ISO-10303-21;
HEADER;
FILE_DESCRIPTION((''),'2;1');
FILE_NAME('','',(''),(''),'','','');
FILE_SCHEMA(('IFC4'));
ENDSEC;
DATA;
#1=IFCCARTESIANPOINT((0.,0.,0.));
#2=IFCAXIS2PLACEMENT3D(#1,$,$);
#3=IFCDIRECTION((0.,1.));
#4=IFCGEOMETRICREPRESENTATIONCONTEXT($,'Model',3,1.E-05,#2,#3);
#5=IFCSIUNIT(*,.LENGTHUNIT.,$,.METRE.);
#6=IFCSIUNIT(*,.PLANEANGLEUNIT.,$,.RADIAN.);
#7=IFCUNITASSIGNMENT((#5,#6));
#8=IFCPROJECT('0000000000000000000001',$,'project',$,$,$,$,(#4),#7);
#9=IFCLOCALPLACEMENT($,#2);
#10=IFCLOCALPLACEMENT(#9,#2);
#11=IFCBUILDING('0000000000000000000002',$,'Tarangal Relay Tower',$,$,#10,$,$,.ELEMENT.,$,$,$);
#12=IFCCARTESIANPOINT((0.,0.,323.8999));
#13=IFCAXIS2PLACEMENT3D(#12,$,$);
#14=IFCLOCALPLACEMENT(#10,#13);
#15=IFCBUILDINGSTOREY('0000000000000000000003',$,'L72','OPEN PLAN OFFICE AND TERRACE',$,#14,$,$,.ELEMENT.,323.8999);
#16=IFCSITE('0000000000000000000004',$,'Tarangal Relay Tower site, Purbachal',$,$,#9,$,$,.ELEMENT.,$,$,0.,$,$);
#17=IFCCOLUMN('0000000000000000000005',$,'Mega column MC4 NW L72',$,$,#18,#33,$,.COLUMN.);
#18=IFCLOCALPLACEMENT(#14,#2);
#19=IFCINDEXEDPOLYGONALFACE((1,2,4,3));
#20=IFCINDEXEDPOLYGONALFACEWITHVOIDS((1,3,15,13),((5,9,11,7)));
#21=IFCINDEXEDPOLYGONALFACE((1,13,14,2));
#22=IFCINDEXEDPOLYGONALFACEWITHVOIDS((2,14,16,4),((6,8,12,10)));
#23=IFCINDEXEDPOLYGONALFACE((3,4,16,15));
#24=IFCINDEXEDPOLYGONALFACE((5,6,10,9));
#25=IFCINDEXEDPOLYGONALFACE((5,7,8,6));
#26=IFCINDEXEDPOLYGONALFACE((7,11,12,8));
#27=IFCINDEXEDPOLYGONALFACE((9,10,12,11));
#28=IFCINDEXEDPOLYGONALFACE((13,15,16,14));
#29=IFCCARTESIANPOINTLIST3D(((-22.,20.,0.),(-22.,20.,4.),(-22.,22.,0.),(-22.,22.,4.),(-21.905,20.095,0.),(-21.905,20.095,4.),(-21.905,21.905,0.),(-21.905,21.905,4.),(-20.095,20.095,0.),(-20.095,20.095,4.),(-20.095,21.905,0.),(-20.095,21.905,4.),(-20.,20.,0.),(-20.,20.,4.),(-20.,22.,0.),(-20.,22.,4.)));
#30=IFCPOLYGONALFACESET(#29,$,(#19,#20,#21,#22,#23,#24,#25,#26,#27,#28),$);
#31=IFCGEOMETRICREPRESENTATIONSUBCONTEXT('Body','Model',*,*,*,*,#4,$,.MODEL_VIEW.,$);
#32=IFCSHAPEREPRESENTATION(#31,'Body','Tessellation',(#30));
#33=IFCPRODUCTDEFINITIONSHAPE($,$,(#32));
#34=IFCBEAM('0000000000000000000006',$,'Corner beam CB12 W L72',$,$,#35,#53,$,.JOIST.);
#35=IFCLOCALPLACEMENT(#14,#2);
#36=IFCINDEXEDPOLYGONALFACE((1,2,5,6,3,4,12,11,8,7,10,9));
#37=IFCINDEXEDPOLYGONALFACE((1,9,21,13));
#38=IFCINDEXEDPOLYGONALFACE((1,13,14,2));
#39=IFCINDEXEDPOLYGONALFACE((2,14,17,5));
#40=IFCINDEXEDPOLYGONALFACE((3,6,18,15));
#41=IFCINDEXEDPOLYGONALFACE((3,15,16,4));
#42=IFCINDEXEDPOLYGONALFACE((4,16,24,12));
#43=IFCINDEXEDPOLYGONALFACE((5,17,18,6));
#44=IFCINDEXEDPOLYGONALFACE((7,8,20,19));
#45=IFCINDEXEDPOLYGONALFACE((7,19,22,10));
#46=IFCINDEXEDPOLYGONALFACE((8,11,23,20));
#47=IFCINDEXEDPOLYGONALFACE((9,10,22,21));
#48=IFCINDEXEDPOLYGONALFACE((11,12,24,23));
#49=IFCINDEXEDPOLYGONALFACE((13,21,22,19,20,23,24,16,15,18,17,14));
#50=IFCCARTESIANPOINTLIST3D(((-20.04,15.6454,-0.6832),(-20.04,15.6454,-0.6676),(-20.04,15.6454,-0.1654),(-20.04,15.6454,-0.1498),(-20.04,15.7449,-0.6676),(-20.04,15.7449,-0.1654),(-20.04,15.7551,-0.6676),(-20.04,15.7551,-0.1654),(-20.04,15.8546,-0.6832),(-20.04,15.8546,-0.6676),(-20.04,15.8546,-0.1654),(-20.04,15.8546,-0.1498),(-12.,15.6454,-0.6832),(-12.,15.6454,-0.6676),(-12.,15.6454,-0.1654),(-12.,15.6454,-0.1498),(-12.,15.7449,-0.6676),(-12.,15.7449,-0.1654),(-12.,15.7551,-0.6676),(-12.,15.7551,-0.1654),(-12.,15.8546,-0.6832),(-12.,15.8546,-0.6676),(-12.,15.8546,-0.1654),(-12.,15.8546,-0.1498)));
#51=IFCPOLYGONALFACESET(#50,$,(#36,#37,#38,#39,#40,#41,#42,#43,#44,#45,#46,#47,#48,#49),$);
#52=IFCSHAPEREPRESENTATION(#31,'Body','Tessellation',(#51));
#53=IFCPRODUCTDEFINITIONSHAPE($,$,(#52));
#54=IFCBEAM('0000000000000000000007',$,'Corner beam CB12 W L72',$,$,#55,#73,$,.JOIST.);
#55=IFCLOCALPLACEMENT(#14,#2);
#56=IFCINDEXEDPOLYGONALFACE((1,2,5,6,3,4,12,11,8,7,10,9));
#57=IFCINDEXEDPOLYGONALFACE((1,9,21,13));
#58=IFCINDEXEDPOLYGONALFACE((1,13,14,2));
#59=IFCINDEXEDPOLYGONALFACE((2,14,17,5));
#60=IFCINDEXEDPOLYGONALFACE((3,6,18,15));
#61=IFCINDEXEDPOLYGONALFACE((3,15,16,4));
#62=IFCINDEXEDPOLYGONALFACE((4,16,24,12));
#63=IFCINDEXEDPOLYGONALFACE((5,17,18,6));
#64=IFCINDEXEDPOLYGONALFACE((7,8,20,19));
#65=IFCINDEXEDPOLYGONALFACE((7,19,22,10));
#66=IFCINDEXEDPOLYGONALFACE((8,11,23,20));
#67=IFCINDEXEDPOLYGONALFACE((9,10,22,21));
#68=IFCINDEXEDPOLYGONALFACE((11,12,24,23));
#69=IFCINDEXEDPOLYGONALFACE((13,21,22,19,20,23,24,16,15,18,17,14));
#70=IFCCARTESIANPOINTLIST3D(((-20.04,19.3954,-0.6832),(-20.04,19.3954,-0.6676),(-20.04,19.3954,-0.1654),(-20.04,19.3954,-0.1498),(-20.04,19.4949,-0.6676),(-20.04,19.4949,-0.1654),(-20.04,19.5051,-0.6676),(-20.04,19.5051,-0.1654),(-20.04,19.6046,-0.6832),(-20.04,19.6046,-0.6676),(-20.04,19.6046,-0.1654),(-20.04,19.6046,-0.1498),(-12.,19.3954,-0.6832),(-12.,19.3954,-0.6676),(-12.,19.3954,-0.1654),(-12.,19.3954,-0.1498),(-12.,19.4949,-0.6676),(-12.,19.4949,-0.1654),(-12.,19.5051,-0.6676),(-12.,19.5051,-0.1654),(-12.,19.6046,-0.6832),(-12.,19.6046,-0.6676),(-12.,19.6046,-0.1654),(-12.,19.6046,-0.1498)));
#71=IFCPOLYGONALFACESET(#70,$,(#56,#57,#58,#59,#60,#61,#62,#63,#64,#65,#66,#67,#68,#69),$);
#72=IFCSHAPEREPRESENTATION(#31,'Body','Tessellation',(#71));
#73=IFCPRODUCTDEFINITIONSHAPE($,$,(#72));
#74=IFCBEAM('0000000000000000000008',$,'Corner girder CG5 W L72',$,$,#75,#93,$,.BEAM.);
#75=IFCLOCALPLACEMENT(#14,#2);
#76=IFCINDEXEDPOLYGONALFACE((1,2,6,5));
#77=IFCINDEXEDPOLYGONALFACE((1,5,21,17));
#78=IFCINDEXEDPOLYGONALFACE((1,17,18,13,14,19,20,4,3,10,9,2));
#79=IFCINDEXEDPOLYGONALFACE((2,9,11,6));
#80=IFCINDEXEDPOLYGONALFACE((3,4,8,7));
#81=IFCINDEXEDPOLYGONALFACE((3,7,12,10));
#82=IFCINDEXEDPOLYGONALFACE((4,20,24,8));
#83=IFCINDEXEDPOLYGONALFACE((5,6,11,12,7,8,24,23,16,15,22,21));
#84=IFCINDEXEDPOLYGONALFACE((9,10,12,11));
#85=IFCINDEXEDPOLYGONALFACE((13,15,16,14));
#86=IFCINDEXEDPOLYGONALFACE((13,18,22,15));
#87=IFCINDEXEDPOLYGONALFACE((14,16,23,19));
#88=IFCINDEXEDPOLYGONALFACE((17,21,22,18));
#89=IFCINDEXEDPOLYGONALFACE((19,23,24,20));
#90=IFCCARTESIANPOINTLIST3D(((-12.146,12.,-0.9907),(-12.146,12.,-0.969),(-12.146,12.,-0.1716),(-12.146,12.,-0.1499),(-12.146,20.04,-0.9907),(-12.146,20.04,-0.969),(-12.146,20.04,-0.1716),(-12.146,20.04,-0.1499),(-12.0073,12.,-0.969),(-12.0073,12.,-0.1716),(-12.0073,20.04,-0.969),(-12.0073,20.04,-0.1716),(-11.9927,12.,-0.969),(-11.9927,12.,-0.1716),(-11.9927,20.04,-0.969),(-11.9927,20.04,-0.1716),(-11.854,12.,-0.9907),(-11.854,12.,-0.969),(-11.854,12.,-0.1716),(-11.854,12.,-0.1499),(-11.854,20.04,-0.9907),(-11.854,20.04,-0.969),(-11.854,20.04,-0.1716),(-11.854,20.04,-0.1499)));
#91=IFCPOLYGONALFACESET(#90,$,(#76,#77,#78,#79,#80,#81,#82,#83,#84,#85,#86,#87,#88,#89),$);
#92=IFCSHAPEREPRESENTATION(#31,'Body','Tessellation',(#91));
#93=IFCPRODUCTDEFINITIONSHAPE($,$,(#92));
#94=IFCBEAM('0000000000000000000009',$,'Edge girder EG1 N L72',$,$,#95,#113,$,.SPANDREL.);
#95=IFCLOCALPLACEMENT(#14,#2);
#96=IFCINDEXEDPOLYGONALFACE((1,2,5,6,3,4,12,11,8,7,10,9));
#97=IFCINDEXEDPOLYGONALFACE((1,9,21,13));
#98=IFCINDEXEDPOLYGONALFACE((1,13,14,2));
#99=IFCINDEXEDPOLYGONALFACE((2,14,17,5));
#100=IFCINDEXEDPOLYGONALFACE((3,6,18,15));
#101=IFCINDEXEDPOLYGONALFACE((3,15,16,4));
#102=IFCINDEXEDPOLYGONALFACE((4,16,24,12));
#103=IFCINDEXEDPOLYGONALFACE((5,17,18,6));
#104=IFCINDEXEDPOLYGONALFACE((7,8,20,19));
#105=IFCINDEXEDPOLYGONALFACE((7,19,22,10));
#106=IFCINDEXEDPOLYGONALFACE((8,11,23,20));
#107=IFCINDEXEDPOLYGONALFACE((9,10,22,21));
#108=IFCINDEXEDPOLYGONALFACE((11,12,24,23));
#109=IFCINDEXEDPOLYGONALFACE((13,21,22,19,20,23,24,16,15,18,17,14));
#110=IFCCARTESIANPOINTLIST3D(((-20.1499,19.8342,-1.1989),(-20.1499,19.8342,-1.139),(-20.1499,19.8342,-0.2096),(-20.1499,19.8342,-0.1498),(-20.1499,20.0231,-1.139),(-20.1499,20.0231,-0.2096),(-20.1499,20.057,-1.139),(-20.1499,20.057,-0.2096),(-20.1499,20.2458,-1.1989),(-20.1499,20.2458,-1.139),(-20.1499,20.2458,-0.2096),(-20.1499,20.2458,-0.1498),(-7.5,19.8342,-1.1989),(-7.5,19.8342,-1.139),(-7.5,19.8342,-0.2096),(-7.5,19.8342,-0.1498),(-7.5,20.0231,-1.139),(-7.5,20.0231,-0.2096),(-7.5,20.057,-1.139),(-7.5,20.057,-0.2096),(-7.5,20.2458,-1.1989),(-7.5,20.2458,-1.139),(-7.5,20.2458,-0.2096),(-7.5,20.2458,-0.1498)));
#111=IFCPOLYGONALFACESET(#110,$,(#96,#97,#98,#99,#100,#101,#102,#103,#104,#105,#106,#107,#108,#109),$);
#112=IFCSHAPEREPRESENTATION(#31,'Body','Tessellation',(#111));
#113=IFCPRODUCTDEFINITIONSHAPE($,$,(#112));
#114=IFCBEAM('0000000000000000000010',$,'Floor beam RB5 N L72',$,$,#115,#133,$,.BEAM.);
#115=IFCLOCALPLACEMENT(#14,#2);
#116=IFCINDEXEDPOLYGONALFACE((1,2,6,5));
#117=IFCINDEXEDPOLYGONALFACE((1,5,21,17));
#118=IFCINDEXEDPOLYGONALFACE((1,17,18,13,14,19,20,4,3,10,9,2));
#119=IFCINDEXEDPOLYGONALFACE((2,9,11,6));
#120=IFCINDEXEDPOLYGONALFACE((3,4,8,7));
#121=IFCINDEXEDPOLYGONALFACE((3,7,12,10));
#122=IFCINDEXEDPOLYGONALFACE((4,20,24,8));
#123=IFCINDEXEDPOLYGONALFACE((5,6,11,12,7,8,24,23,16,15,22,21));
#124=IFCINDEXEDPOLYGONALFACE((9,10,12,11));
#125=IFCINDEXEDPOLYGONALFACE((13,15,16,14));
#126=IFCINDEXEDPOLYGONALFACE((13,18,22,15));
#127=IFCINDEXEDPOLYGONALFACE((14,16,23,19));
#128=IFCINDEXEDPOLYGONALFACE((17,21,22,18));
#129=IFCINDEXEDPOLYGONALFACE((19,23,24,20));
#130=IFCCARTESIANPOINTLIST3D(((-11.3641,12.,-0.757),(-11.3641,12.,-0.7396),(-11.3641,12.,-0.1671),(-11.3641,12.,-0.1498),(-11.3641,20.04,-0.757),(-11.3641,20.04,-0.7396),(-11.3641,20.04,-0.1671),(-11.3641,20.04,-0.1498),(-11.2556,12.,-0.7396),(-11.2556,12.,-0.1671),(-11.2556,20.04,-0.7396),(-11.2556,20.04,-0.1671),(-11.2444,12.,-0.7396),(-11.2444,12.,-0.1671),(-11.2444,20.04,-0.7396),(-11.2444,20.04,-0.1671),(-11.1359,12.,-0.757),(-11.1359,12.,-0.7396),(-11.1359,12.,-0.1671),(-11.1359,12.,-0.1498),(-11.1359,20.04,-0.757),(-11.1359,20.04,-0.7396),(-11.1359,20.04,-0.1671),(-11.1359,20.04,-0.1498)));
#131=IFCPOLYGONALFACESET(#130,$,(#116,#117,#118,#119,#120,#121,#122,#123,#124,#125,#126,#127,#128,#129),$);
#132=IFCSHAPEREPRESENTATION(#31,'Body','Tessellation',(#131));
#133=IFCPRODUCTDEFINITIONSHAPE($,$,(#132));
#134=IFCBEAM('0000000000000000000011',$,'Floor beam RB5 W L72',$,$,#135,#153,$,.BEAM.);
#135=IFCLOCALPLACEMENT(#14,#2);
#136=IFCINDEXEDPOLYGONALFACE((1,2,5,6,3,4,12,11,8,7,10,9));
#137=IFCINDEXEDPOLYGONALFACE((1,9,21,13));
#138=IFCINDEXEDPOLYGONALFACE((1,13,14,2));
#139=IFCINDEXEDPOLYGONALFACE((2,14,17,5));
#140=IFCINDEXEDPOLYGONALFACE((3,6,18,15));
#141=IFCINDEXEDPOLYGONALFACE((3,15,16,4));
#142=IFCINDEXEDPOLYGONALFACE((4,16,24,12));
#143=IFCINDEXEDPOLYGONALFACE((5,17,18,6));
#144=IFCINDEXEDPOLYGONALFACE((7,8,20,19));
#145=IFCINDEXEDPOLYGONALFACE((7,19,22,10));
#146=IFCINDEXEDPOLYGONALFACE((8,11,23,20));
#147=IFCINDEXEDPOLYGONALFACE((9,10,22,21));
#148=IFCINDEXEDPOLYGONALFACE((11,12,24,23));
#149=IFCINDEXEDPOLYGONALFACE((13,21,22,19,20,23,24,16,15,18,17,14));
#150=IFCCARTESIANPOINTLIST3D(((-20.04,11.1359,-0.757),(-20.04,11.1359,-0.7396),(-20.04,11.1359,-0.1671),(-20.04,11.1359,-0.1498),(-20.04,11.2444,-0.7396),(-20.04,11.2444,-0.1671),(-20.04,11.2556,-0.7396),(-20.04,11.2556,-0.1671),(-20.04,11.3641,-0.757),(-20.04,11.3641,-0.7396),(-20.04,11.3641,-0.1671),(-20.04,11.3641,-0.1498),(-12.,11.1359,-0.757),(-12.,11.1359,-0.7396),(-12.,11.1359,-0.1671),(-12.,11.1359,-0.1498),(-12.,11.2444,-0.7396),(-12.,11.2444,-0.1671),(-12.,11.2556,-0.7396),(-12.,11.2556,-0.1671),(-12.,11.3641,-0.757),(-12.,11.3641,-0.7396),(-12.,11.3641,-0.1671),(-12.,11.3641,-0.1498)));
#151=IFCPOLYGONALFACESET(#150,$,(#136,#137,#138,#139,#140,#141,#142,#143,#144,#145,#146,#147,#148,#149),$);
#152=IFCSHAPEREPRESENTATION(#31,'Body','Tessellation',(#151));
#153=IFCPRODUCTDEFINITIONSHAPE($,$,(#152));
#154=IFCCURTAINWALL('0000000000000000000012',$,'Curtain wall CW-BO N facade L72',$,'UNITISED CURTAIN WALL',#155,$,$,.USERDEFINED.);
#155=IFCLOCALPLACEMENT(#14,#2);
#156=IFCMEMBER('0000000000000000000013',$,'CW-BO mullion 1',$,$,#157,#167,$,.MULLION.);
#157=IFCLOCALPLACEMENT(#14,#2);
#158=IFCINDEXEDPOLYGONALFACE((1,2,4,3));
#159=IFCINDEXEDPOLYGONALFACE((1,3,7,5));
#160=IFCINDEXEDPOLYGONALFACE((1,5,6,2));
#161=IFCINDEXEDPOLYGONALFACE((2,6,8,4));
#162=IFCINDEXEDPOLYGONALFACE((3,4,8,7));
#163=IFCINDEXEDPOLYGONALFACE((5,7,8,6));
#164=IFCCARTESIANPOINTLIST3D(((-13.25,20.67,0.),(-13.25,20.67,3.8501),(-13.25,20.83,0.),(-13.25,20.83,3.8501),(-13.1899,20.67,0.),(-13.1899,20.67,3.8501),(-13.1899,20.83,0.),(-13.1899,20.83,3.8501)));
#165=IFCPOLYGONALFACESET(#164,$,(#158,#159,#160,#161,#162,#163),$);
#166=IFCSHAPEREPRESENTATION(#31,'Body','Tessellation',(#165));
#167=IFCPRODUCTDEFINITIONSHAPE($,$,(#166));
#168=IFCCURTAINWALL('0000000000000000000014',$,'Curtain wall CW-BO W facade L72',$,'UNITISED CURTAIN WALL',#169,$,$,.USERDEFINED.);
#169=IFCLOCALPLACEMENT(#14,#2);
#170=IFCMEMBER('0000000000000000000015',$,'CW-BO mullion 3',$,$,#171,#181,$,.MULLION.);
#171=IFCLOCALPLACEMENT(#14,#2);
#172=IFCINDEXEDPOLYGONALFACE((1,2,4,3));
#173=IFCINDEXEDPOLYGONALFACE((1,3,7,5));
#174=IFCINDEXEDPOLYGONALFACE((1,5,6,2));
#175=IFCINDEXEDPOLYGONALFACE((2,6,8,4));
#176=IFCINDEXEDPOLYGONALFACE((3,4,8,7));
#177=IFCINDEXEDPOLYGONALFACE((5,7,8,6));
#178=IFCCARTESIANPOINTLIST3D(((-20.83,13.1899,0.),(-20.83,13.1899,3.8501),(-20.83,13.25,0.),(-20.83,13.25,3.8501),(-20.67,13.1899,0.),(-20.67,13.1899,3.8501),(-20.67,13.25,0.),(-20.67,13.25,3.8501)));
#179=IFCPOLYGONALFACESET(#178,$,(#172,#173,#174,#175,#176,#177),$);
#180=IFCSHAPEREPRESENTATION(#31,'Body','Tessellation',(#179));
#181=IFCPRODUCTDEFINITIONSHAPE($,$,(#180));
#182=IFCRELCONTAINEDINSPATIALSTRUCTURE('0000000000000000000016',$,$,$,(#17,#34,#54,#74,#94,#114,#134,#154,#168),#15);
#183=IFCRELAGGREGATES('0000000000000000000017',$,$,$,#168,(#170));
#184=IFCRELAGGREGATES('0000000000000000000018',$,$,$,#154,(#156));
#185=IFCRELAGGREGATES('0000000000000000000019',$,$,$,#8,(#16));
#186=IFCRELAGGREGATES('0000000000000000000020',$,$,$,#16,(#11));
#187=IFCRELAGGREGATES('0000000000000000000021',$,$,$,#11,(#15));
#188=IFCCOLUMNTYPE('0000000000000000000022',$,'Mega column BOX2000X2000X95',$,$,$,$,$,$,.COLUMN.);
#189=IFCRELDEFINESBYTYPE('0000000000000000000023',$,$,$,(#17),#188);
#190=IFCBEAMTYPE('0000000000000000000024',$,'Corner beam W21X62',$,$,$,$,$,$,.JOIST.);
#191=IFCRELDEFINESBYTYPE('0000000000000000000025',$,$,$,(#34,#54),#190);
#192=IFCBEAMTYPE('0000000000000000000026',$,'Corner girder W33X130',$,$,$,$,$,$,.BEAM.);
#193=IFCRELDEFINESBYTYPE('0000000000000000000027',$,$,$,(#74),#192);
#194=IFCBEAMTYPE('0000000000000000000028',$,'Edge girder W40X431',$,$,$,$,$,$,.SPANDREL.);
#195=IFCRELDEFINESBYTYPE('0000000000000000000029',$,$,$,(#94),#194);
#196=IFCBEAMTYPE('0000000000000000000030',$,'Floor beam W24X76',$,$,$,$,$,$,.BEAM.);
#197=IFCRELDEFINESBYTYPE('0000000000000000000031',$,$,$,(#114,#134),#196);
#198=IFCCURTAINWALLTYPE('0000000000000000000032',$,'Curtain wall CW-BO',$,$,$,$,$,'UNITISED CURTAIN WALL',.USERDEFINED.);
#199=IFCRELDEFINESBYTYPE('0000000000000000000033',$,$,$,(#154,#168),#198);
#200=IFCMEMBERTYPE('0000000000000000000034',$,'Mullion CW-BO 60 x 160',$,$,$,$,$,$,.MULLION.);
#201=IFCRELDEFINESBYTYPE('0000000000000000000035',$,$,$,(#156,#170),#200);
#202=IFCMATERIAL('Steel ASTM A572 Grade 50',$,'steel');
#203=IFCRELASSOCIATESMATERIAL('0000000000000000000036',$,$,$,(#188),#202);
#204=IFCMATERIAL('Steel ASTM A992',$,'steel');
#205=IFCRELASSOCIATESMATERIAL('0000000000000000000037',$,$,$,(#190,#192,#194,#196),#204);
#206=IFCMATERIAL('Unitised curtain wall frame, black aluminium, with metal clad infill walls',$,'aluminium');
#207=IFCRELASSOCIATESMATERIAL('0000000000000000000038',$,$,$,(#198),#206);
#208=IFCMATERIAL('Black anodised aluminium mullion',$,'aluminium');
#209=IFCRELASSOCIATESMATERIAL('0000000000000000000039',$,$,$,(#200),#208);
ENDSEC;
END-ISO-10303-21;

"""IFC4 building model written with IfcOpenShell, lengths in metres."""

from ifc_helpers import new_model, si_unit, direction, frame, origin, origin_2d, place, context, subcontext, project, spatial, rectangle, hollow_rectangle, i_section, extrude, material, material_profile, profile_set, type_object, element, aggregate, save


model = new_model("IFC4")

# Units and contexts
model_context = context("Model", 3, precision=1e-05, world=origin(), true_north=direction((0.0, 1.0)))
body_context = subcontext(model_context, "Body", "Model", "MODEL_VIEW")
ifc_project = project(units=[si_unit("LENGTHUNIT", "METRE"), si_unit("PLANEANGLEUNIT", "RADIAN")], contexts=[model_context])

# Site, building, storey
site_placement = place(None, origin())
site = spatial("IfcSite", under=ifc_project, at=site_placement, Name="Tarangal Relay Tower site, Purbachal", CompositionType="ELEMENT", RefElevation=0.0)
building_placement = place(site_placement, origin())
building = spatial("IfcBuilding", under=site, at=building_placement, Name="Tarangal Relay Tower", CompositionType="ELEMENT")
storey_placement = place(building_placement, frame((0.0, 0.0, 323.8999)))
storey = spatial("IfcBuildingStorey", under=building, at=storey_placement, Name="L72", Description="OPEN PLAN OFFICE AND TERRACE", CompositionType="ELEMENT", Elevation=323.8999)

# Column
ifc_material_1 = material(Name="Steel ASTM A572 Grade 50", Category="steel")
ifc_material_profile_1 = material_profile(ifc_material_1, hollow_rectangle(XDim=2.0, YDim=2.0, WallThickness=0.095, at=origin_2d()), Name="BOX2000X2000X95")
ifc_profile_set_1 = profile_set([ifc_material_profile_1], Name="Steel ASTM A572 Grade 50")
column_type = type_object("IfcColumnType", Name="Mega column BOX2000X2000X95", PredefinedType="COLUMN", material=ifc_profile_set_1)
column_placement = place(storey_placement, frame((-21.0, 21.0, 0.0), z_axis=(0.0, 0.0, 1.0), x_axis=(1.0, 0.0, 0.0)))
element("IfcColumn", 1, at=column_placement, inside=storey, type_object=column_type, Name="Mega column MC4 NW L72", PredefinedType="COLUMN", context=body_context, shape_type="SweptSolid", body=[
    extrude(hollow_rectangle(XDim=2.0, YDim=2.0, WallThickness=0.095, at=origin_2d()), origin(), (0.0, 0.0, 1.0), 4.0),
])

# Beams
ifc_material_2 = material(Name="Steel ASTM A992", Category="steel")
ifc_material_profile_2 = material_profile(ifc_material_2, i_section(OverallWidth=0.2092, OverallDepth=0.5334, WebThickness=0.0103, FlangeThickness=0.0156, at=origin_2d()), Name="W21X62")
ifc_profile_set_2 = profile_set([ifc_material_profile_2], Name="Steel ASTM A992")
beam_type_1 = type_object("IfcBeamType", Name="Corner beam W21X62", PredefinedType="JOIST", material=ifc_profile_set_2)
for number, where, z_axis, x_axis, name in (
    (2, (-12.0, 15.75, -0.4165), (-1.0, 0.0, 0.0), (0.0, -1.0, 0.0), "Corner beam CB12 W L72"),
    (3, (-12.0, 19.5, -0.4165), (-1.0, 0.0, 0.0), (0.0, -1.0, 0.0), "Corner beam CB12 W L72"),
):
    element("IfcBeam", number, at=place(storey_placement, frame(where, z_axis=z_axis, x_axis=x_axis)), inside=storey, type_object=beam_type_1, Name=name, PredefinedType="JOIST", context=body_context, shape_type="SweptSolid", body=[
        extrude(i_section(OverallWidth=0.2092, OverallDepth=0.5334, WebThickness=0.0103, FlangeThickness=0.0156, at=origin_2d()), origin(), (0.0, 0.0, 1.0), 8.04),
    ])
ifc_material_profile_3 = material_profile(ifc_material_2, i_section(OverallWidth=0.292, OverallDepth=0.8408, WebThickness=0.0146, FlangeThickness=0.0217, at=origin_2d()), Name="W33X130")
ifc_profile_set_3 = profile_set([ifc_material_profile_3], Name="Steel ASTM A992")
beam_type_2 = type_object("IfcBeamType", Name="Corner girder W33X130", PredefinedType="BEAM", material=ifc_profile_set_3)
beam_1_placement = place(storey_placement, frame((-12.0, 12.0, -0.5703), z_axis=(0.0, 1.0, 0.0), x_axis=(-1.0, 0.0, 0.0)))
element("IfcBeam", 4, at=beam_1_placement, inside=storey, type_object=beam_type_2, Name="Corner girder CG5 W L72", PredefinedType="BEAM", context=body_context, shape_type="SweptSolid", body=[
    extrude(i_section(OverallWidth=0.292, OverallDepth=0.8408, WebThickness=0.0146, FlangeThickness=0.0217, at=origin_2d()), origin(), (0.0, 0.0, 1.0), 8.04),
])
ifc_material_profile_4 = material_profile(ifc_material_2, i_section(OverallWidth=0.4116, OverallDepth=1.0491, WebThickness=0.0339, FlangeThickness=0.0598, at=origin_2d()), Name="W40X431")
ifc_profile_set_4 = profile_set([ifc_material_profile_4], Name="Steel ASTM A992")
beam_type_3 = type_object("IfcBeamType", Name="Edge girder W40X431", PredefinedType="SPANDREL", material=ifc_profile_set_4)
beam_2_placement = place(storey_placement, frame((-20.1499, 20.04, -0.6743), z_axis=(1.0, 0.0, 0.0), x_axis=(0.0, 1.0, 0.0)))
element("IfcBeam", 5, at=beam_2_placement, inside=storey, type_object=beam_type_3, Name="Edge girder EG1 N L72", PredefinedType="SPANDREL", context=body_context, shape_type="SweptSolid", body=[
    extrude(i_section(OverallWidth=0.4116, OverallDepth=1.0491, WebThickness=0.0339, FlangeThickness=0.0598, at=origin_2d()), origin(), (0.0, 0.0, 1.0), 12.6499),
])
ifc_material_profile_5 = material_profile(ifc_material_2, i_section(OverallWidth=0.2283, OverallDepth=0.6072, WebThickness=0.0112, FlangeThickness=0.0173, at=origin_2d()), Name="W24X76")
ifc_profile_set_5 = profile_set([ifc_material_profile_5], Name="Steel ASTM A992")
beam_type_4 = type_object("IfcBeamType", Name="Floor beam W24X76", PredefinedType="BEAM", material=ifc_profile_set_5)
for number, where, z_axis, x_axis, name in (
    (6, (-11.25, 12.0, -0.4534), (0.0, 1.0, 0.0), (-1.0, 0.0, 0.0), "Floor beam RB5 N L72"),
    (7, (-12.0, 11.25, -0.4534), (-1.0, 0.0, 0.0), (0.0, -1.0, 0.0), "Floor beam RB5 W L72"),
):
    element("IfcBeam", number, at=place(storey_placement, frame(where, z_axis=z_axis, x_axis=x_axis)), inside=storey, type_object=beam_type_4, Name=name, PredefinedType="BEAM", context=body_context, shape_type="SweptSolid", body=[
        extrude(i_section(OverallWidth=0.2283, OverallDepth=0.6072, WebThickness=0.0112, FlangeThickness=0.0173, at=origin_2d()), origin(), (0.0, 0.0, 1.0), 8.04),
    ])

# Curtain walls, members
ifc_material_3 = material(Name="Unitised curtain wall frame, black aluminium, with metal clad infill walls", Category="aluminium")
curtain_wall_type = type_object("IfcCurtainWallType", Name="Curtain wall CW-BO", ElementType="UNITISED CURTAIN WALL", PredefinedType="USERDEFINED", material=ifc_material_3)
curtain_wall_1_placement = place(storey_placement, origin())
curtain_wall_1 = element("IfcCurtainWall", 8, at=curtain_wall_1_placement, inside=storey, type_object=curtain_wall_type, Name="Curtain wall CW-BO N facade L72", ObjectType="UNITISED CURTAIN WALL", PredefinedType="USERDEFINED")
ifc_material_4 = material(Name="Black anodised aluminium mullion", Category="aluminium")
ifc_material_profile_6 = material_profile(ifc_material_4, rectangle(XDim=0.1599, YDim=0.0601, at=origin_2d()), Name="CW-BOM 60X160")
ifc_profile_set_6 = profile_set([ifc_material_profile_6], Name="Black anodised aluminium mullion")
member_type_1 = type_object("IfcMemberType", Name="Mullion CW-BO 60 x 160", PredefinedType="MULLION", material=ifc_profile_set_6)
member_1_placement = place(storey_placement, frame((-13.22, 20.75, 0.0), z_axis=(0.0, 0.0, 1.0), x_axis=(0.0, 1.0, 0.0)))
member_1 = element("IfcMember", 9, at=member_1_placement, type_object=member_type_1, Name="CW-BO mullion 1", PredefinedType="MULLION", context=body_context, shape_type="SweptSolid", body=[
    extrude(rectangle(XDim=0.1599, YDim=0.0601, at=origin_2d()), origin(), (0.0, 0.0, 1.0), 3.8501),
])
curtain_wall_2_placement = place(storey_placement, origin())
curtain_wall_2 = element("IfcCurtainWall", 10, at=curtain_wall_2_placement, inside=storey, type_object=curtain_wall_type, Name="Curtain wall CW-BO W facade L72", ObjectType="UNITISED CURTAIN WALL", PredefinedType="USERDEFINED")
member_2_placement = place(storey_placement, frame((-20.75, 13.22, 0.0), z_axis=(0.0, 0.0, 1.0), x_axis=(-1.0, 0.0, 0.0)))
member_2 = element("IfcMember", 11, at=member_2_placement, type_object=member_type_1, Name="CW-BO mullion 3", PredefinedType="MULLION", context=body_context, shape_type="SweptSolid", body=[
    extrude(rectangle(XDim=0.1599, YDim=0.0601, at=origin_2d()), origin(), (0.0, 0.0, 1.0), 3.8501),
])
aggregate(curtain_wall_2, [member_2])

aggregate(curtain_wall_1, [member_1])

save(model, "model.ifc")
